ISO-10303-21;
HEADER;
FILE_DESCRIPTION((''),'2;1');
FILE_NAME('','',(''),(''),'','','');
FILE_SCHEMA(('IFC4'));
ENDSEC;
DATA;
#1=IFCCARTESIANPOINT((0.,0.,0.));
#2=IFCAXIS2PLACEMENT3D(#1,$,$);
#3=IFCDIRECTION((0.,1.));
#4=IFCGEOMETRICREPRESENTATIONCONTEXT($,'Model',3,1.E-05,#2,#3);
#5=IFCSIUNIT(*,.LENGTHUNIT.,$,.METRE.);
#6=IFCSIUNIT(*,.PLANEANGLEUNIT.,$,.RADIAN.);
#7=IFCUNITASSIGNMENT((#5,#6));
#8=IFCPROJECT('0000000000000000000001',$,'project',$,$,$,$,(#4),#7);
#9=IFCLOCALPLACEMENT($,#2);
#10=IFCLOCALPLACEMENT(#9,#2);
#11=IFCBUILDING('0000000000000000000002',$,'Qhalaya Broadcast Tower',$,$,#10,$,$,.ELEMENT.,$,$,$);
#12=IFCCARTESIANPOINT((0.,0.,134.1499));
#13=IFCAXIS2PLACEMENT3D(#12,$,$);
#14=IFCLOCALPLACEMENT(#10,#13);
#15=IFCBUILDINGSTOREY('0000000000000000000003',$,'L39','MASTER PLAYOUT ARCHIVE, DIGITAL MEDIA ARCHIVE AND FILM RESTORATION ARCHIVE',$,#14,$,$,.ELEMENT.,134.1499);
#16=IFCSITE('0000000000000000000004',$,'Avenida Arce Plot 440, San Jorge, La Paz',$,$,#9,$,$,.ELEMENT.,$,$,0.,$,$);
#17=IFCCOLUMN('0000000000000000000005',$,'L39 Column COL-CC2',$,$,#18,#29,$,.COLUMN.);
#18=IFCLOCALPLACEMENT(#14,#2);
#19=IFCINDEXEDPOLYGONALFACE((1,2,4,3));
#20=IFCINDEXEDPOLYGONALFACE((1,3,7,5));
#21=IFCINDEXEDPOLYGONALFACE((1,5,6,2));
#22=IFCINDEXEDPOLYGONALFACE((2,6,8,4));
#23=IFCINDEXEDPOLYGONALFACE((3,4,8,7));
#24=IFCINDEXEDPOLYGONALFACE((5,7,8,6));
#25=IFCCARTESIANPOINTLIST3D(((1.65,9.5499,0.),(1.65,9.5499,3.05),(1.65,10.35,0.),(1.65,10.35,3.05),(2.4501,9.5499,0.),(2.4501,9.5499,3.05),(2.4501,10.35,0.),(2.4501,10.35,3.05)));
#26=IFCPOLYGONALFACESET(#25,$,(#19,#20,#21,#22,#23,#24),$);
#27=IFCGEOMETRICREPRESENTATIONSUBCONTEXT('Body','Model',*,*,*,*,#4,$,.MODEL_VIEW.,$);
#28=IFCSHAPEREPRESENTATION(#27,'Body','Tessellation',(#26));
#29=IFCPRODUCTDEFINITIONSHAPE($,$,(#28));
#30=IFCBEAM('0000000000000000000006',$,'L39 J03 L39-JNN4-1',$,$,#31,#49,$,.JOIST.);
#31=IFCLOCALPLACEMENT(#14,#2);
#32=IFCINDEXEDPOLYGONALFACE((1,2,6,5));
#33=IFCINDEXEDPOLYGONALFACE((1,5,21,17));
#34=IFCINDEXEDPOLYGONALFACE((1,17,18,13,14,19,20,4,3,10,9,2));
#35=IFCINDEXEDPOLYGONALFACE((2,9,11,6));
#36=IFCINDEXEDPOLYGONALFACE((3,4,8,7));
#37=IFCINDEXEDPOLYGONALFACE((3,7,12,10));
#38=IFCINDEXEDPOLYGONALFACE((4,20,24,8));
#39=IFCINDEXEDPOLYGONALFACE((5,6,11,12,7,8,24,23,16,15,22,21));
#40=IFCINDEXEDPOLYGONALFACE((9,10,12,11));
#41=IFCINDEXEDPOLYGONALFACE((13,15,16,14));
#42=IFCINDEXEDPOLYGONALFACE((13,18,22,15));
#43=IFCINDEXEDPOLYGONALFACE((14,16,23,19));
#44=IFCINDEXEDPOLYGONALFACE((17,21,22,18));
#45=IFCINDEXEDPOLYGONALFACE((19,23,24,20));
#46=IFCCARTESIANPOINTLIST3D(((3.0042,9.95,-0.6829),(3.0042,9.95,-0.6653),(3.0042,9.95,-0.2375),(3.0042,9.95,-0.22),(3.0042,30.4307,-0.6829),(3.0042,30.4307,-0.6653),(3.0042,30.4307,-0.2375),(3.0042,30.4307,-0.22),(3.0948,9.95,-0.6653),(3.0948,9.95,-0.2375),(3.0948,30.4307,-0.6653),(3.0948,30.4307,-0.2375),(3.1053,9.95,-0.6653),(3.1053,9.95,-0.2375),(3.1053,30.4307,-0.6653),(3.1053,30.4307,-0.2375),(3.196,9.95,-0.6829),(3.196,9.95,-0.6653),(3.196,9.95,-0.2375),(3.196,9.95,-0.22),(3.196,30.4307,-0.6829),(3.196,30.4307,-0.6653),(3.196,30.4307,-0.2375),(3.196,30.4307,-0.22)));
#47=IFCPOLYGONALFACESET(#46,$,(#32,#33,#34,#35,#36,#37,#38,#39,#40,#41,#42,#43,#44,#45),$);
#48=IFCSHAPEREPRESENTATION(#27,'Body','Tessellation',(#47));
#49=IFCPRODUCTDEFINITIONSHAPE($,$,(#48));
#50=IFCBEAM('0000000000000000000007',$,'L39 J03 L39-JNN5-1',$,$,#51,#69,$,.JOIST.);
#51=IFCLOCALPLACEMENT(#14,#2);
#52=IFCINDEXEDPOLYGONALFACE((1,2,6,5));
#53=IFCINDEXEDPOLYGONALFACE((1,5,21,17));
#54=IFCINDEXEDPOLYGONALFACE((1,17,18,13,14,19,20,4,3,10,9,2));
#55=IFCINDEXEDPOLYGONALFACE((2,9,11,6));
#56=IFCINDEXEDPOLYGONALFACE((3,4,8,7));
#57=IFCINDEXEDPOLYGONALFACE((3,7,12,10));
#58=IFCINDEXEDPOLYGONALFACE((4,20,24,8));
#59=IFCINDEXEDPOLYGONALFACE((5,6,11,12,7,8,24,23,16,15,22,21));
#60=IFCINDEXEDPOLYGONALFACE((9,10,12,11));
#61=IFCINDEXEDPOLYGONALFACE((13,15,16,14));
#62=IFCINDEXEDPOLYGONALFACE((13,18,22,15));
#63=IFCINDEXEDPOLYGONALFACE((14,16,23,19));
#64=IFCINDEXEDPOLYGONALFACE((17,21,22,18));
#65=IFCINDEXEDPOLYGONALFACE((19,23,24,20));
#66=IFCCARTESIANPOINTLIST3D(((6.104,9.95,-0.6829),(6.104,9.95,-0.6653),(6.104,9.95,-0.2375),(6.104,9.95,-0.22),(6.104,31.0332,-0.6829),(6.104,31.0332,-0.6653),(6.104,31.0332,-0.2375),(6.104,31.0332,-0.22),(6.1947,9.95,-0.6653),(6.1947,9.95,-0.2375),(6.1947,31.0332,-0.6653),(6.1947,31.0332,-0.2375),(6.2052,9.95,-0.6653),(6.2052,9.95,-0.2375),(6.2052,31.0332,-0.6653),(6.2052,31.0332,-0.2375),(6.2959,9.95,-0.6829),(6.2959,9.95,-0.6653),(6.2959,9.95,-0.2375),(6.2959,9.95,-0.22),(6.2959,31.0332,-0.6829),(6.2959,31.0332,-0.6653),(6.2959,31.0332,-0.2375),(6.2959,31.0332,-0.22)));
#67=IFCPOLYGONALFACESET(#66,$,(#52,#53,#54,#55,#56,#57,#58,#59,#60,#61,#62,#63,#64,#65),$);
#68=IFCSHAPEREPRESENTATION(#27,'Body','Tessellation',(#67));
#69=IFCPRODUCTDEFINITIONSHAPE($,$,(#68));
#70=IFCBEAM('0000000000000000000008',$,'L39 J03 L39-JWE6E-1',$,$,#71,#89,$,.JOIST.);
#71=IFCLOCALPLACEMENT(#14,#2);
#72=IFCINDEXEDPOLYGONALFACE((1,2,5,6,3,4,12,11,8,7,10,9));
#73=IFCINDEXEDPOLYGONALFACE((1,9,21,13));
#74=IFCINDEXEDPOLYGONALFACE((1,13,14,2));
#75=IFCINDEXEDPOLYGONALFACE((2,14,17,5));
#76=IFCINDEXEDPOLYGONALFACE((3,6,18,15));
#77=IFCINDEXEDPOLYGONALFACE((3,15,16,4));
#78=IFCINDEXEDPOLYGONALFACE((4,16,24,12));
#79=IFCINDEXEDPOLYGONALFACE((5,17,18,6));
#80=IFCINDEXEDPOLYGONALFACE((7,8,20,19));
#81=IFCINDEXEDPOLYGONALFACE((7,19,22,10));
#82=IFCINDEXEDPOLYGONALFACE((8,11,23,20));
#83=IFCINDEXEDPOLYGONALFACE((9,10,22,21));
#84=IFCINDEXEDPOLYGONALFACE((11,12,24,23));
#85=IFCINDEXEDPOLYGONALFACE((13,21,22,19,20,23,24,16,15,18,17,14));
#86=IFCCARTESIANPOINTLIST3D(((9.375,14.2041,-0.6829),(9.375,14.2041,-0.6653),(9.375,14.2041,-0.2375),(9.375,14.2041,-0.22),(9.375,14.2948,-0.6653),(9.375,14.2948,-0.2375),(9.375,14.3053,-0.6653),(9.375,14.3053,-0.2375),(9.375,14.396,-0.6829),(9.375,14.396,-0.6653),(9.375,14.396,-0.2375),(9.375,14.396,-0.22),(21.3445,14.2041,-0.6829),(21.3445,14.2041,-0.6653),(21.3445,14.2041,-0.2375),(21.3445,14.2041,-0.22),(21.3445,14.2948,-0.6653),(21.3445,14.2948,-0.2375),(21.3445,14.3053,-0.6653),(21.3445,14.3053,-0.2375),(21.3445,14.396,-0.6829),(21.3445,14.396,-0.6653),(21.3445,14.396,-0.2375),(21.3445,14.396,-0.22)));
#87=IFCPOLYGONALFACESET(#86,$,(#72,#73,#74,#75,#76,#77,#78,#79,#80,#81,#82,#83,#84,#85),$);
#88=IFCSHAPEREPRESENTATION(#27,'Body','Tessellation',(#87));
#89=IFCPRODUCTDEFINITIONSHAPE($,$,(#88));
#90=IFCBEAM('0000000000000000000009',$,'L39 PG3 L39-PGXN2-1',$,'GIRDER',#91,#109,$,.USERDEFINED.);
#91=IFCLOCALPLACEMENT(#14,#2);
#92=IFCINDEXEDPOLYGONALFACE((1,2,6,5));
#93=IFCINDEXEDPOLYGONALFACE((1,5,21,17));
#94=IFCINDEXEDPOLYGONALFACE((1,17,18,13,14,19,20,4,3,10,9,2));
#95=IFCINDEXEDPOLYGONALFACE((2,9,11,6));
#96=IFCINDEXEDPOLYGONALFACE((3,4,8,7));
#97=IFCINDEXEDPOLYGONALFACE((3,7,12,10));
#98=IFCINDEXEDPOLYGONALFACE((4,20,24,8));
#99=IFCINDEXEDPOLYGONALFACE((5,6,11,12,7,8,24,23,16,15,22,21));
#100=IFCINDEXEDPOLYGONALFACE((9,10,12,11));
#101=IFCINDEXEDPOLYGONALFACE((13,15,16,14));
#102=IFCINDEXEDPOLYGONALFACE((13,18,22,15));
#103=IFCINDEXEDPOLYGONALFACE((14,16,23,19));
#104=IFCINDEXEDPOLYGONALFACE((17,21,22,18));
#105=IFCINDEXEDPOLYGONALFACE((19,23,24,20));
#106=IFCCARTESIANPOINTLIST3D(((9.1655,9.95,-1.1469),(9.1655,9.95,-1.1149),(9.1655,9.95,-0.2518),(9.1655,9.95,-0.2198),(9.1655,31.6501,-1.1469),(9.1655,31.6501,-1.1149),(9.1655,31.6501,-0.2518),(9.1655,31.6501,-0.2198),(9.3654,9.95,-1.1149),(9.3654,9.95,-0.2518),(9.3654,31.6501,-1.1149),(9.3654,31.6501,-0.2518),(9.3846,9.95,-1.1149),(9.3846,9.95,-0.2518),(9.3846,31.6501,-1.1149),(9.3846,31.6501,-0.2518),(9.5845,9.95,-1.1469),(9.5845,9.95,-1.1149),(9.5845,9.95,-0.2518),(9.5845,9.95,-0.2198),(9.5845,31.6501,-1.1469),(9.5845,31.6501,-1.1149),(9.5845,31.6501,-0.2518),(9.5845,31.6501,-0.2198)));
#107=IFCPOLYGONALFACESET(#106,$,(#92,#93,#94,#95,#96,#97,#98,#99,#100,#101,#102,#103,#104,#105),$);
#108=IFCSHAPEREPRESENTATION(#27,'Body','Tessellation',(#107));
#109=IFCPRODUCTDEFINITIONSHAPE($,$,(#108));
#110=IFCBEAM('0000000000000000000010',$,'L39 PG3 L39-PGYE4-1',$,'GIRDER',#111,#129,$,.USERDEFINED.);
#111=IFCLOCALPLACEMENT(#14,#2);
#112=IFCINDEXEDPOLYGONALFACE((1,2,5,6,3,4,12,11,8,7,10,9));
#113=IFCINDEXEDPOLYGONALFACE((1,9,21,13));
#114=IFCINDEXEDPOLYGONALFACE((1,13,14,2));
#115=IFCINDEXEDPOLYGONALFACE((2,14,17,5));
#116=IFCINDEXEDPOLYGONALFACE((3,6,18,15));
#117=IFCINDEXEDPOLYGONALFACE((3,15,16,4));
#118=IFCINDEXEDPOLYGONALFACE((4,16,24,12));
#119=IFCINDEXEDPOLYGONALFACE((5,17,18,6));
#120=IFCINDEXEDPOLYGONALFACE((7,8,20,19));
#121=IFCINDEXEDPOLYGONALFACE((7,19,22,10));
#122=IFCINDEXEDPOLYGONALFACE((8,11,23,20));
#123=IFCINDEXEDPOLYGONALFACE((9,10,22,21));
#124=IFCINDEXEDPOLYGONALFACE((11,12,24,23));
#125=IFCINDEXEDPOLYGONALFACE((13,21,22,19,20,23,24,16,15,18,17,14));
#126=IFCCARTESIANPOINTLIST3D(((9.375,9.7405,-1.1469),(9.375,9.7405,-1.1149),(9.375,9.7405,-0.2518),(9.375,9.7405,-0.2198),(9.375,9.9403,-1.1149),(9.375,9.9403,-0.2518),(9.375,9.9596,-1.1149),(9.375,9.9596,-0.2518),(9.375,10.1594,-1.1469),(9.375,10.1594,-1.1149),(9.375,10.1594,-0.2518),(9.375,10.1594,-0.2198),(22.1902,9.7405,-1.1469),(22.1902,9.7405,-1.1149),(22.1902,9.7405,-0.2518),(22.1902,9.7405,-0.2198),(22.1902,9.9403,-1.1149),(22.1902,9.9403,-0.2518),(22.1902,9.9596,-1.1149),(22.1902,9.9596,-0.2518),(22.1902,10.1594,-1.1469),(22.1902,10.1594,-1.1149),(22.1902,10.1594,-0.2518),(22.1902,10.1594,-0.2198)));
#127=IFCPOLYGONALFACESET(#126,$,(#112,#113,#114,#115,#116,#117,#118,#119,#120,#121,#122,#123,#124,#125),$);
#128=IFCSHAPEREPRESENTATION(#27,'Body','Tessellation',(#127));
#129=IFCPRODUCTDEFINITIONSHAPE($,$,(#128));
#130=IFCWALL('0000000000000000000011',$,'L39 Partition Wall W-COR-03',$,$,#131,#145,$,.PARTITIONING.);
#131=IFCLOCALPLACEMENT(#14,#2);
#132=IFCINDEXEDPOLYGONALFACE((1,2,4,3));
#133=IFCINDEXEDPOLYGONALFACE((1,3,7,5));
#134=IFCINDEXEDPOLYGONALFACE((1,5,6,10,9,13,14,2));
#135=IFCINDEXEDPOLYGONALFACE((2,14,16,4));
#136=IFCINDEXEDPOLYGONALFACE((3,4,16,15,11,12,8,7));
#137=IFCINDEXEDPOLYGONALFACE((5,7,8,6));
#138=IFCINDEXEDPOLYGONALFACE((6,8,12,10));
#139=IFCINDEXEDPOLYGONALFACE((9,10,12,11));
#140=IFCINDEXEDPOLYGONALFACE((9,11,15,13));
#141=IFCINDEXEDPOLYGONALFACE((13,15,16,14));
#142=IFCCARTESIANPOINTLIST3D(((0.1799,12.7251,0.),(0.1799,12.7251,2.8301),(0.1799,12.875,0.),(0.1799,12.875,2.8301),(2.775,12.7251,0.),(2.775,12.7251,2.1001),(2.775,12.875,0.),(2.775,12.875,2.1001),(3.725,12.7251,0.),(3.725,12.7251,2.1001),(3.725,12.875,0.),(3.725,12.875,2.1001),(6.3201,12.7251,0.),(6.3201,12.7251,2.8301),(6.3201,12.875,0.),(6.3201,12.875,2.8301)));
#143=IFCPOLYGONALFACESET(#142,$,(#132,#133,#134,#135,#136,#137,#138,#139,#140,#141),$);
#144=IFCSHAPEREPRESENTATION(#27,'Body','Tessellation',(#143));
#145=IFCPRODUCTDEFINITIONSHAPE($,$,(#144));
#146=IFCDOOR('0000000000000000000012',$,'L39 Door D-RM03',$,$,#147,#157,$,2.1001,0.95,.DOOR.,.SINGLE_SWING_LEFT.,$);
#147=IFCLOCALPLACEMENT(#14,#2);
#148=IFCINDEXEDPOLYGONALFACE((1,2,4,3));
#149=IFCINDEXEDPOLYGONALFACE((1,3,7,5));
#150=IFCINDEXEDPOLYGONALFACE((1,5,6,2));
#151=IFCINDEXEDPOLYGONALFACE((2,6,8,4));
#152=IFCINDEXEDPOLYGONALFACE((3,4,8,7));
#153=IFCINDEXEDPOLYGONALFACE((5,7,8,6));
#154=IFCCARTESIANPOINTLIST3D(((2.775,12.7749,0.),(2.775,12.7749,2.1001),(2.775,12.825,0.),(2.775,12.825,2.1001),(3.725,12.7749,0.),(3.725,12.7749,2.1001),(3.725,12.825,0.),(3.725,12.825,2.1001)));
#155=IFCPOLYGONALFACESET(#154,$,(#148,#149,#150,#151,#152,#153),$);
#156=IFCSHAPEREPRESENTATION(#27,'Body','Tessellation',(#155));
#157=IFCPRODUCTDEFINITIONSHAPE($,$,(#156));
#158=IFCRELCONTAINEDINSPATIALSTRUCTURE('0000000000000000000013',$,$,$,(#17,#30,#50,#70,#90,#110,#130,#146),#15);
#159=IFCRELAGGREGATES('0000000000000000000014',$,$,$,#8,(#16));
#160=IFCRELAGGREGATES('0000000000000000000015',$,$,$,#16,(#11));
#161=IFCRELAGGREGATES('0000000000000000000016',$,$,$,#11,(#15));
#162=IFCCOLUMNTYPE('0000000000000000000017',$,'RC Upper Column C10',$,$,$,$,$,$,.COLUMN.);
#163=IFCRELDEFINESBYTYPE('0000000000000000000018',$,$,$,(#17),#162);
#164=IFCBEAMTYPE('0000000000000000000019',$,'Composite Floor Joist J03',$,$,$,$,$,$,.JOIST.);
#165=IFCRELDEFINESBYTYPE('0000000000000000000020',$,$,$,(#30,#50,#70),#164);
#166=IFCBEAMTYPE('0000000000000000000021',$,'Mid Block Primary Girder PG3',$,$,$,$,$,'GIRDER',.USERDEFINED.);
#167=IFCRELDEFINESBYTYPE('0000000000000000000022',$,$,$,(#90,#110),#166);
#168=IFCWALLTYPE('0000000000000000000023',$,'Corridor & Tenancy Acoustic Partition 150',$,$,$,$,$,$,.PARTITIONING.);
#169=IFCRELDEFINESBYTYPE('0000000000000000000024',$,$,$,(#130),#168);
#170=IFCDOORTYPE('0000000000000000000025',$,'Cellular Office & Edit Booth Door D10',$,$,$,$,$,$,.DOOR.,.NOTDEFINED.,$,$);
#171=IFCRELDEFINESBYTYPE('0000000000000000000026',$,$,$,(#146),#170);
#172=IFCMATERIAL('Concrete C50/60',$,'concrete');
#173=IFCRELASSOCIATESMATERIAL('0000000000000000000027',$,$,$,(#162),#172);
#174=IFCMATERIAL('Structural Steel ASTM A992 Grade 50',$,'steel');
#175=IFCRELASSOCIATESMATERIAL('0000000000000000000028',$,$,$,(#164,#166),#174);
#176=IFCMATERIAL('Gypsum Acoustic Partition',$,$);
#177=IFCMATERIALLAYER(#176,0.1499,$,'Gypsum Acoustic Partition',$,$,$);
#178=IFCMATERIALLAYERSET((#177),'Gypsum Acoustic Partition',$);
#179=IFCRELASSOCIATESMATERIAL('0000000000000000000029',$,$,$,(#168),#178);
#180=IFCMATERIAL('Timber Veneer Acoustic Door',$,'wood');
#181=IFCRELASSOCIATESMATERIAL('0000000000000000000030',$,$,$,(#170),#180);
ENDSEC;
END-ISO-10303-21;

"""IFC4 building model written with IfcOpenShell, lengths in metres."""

from ifc_helpers import new_model, si_unit, direction, frame, frame_2d, origin, origin_2d, place, context, subcontext, project, spatial, rectangle, i_section, extrude, material, layer, layer_set, material_profile, profile_set, type_object, element, fill, save


model = new_model("IFC4")

# Units and contexts
model_context = context("Model", 3, precision=1e-05, world=origin(), true_north=direction((0.0, 1.0)))
body_context = subcontext(model_context, "Body", "Model", "MODEL_VIEW")
ifc_project = project(units=[si_unit("LENGTHUNIT", "METRE"), si_unit("PLANEANGLEUNIT", "RADIAN")], contexts=[model_context])

# Site, building, storey
site_placement = place(None, origin())
site = spatial("IfcSite", under=ifc_project, at=site_placement, Name="Avenida Arce Plot 440, San Jorge, La Paz", CompositionType="ELEMENT", RefElevation=0.0)
building_placement = place(site_placement, origin())
building = spatial("IfcBuilding", under=site, at=building_placement, Name="Qhalaya Broadcast Tower", CompositionType="ELEMENT")
storey_placement = place(building_placement, frame((0.0, 0.0, 134.1499)))
storey = spatial("IfcBuildingStorey", under=building, at=storey_placement, Name="L39", Description="MASTER PLAYOUT ARCHIVE, DIGITAL MEDIA ARCHIVE AND FILM RESTORATION ARCHIVE", CompositionType="ELEMENT", Elevation=134.1499)

# Column
ifc_material_1 = material(Name="Concrete C50/60", Category="concrete")
ifc_material_profile_1 = material_profile(ifc_material_1, rectangle(XDim=0.8, YDim=0.8, at=origin_2d()), Name="RC-COL 800x800")
ifc_profile_set_1 = profile_set([ifc_material_profile_1], Name="Concrete C50/60")
column_type = type_object("IfcColumnType", Name="RC Upper Column C10", PredefinedType="COLUMN", material=ifc_profile_set_1)
column_placement = place(storey_placement, frame((2.05, 9.95, 0.0), z_axis=(0.0, 0.0, 1.0), x_axis=(1.0, 0.0, 0.0)))
element("IfcColumn", 1, at=column_placement, inside=storey, type_object=column_type, Name="L39 Column COL-CC2", PredefinedType="COLUMN", context=body_context, shape_type="SweptSolid", body=[
    extrude(rectangle(XDim=0.8, YDim=0.8, at=origin_2d()), origin(), (0.0, 0.0, 1.0), 3.05),
])

# Beams
ifc_material_2 = material(Name="Structural Steel ASTM A992 Grade 50", Category="steel")
ifc_material_profile_2 = material_profile(ifc_material_2, i_section(OverallWidth=0.1919, OverallDepth=0.4629, WebThickness=0.0105, FlangeThickness=0.0176, at=origin_2d()), Name="W18X60")
ifc_profile_set_2 = profile_set([ifc_material_profile_2], Name="Structural Steel ASTM A992 Grade 50")
beam_type_1 = type_object("IfcBeamType", Name="Composite Floor Joist J03", PredefinedType="JOIST", material=ifc_profile_set_2)
beam_1_placement = place(storey_placement, frame((3.1001, 9.95, -0.4514), z_axis=(0.0, 1.0, 0.0), x_axis=(-1.0, 0.0, 0.0)))
element("IfcBeam", 2, at=beam_1_placement, inside=storey, type_object=beam_type_1, Name="L39 J03 L39-JNN4-1", PredefinedType="JOIST", context=body_context, shape_type="SweptSolid", body=[
    extrude(i_section(OverallWidth=0.1919, OverallDepth=0.4629, WebThickness=0.0105, FlangeThickness=0.0176, at=origin_2d()), origin(), (0.0, 0.0, 1.0), 20.4807),
])
beam_2_placement = place(storey_placement, frame((6.2, 9.95, -0.4514), z_axis=(0.0, 1.0, 0.0), x_axis=(-1.0, 0.0, 0.0)))
element("IfcBeam", 3, at=beam_2_placement, inside=storey, type_object=beam_type_1, Name="L39 J03 L39-JNN5-1", PredefinedType="JOIST", context=body_context, shape_type="SweptSolid", body=[
    extrude(i_section(OverallWidth=0.1919, OverallDepth=0.4629, WebThickness=0.0105, FlangeThickness=0.0176, at=origin_2d()), origin(), (0.0, 0.0, 1.0), 21.0833),
])
beam_3_placement = place(storey_placement, frame((9.375, 14.3, -0.4514), z_axis=(1.0, 0.0, 0.0), x_axis=(0.0, 1.0, 0.0)))
element("IfcBeam", 4, at=beam_3_placement, inside=storey, type_object=beam_type_1, Name="L39 J03 L39-JWE6E-1", PredefinedType="JOIST", context=body_context, shape_type="SweptSolid", body=[
    extrude(i_section(OverallWidth=0.1919, OverallDepth=0.4629, WebThickness=0.0105, FlangeThickness=0.0176, at=origin_2d()), origin(), (0.0, 0.0, 1.0), 11.9695),
])
ifc_material_profile_3 = material_profile(ifc_material_2, i_section(OverallWidth=0.4189, OverallDepth=0.927, WebThickness=0.0193, FlangeThickness=0.032, at=origin_2d()), Name="W36X231")
ifc_profile_set_3 = profile_set([ifc_material_profile_3], Name="Structural Steel ASTM A992 Grade 50")
beam_type_2 = type_object("IfcBeamType", Name="Mid Block Primary Girder PG3", ElementType="GIRDER", PredefinedType="USERDEFINED", material=ifc_profile_set_3)
beam_4_placement = place(storey_placement, frame((9.375, 9.95, -0.6833), z_axis=(0.0, 1.0, 0.0), x_axis=(-1.0, 0.0, 0.0)))
element("IfcBeam", 5, at=beam_4_placement, inside=storey, type_object=beam_type_2, Name="L39 PG3 L39-PGXN2-1", ObjectType="GIRDER", PredefinedType="USERDEFINED", context=body_context, shape_type="SweptSolid", body=[
    extrude(i_section(OverallWidth=0.4189, OverallDepth=0.927, WebThickness=0.0193, FlangeThickness=0.032, at=origin_2d()), origin(), (0.0, 0.0, 1.0), 21.7002),
])
beam_5_placement = place(storey_placement, frame((9.375, 9.95, -0.6833), z_axis=(1.0, 0.0, 0.0), x_axis=(0.0, 1.0, 0.0)))
element("IfcBeam", 6, at=beam_5_placement, inside=storey, type_object=beam_type_2, Name="L39 PG3 L39-PGYE4-1", ObjectType="GIRDER", PredefinedType="USERDEFINED", context=body_context, shape_type="SweptSolid", body=[
    extrude(i_section(OverallWidth=0.4189, OverallDepth=0.927, WebThickness=0.0193, FlangeThickness=0.032, at=origin_2d()), origin(), (0.0, 0.0, 1.0), 12.8152),
])

# Wall, opening, door
ifc_material_3 = material(Name="Gypsum Acoustic Partition")
ifc_layer_1 = layer(ifc_material_3, 0.1499, Name="Gypsum Acoustic Partition")
ifc_layer_set_1 = layer_set([ifc_layer_1], Name="Gypsum Acoustic Partition")
wall_type_1 = type_object("IfcWallType", Name="Corridor & Tenancy Acoustic Partition 150", PredefinedType="PARTITIONING", material=ifc_layer_set_1)
wall_1_placement = place(storey_placement, frame((0.1799, 12.8, 0.0), z_axis=(0.0, 0.0, 1.0), x_axis=(1.0, 0.0, 0.0)))
wall_1 = element("IfcWall", 7, at=wall_1_placement, inside=storey, type_object=wall_type_1, Name="L39 Partition Wall W-COR-03", PredefinedType="PARTITIONING", context=body_context, shape_type="SweptSolid", body=[
    extrude(rectangle(XDim=6.1401, YDim=0.1499, at=frame_2d((3.0701, 0.0))), origin(), (0.0, 0.0, 1.0), 2.8301),
])
opening_1_placement = place(wall_1_placement, frame((2.595, 0.0, 0.0)))
opening_1 = element("IfcOpeningElement", 8, at=opening_1_placement, cuts=wall_1, PredefinedType="OPENING", context=body_context, shape_type="SweptSolid", body=[
    extrude(rectangle(XDim=0.95, YDim=2.1001, at=frame_2d((0.4751, 1.05))), frame((0.0, 0.0869, 0.0), z_axis=(0.0, -1.0, 0.0), x_axis=(1.0, 0.0, 0.0)), (0.0, 0.0, 1.0), 0.1738),
])
ifc_material_4 = material(Name="Timber Veneer Acoustic Door", Category="wood")
door_type = type_object("IfcDoorType", Name="Cellular Office & Edit Booth Door D10", OperationType="NOTDEFINED", PredefinedType="DOOR", material=ifc_material_4)
door_1_placement = place(opening_1_placement, origin())
door_1 = element("IfcDoor", 9, at=door_1_placement, inside=storey, type_object=door_type, Name="L39 Door D-RM03", OperationType="SINGLE_SWING_LEFT", OverallHeight=2.1001, OverallWidth=0.95, PredefinedType="DOOR", context=body_context, shape_type="SweptSolid", body=[
    extrude(rectangle(XDim=0.95, YDim=2.1001, at=frame_2d((0.4751, 1.05))), frame((0.0, 0.0249, 0.0), z_axis=(0.0, -1.0, 0.0), x_axis=(1.0, 0.0, 0.0)), (0.0, 0.0, 1.0), 0.05),
])
fill(opening_1, door_1)

save(model, "model.ifc")
